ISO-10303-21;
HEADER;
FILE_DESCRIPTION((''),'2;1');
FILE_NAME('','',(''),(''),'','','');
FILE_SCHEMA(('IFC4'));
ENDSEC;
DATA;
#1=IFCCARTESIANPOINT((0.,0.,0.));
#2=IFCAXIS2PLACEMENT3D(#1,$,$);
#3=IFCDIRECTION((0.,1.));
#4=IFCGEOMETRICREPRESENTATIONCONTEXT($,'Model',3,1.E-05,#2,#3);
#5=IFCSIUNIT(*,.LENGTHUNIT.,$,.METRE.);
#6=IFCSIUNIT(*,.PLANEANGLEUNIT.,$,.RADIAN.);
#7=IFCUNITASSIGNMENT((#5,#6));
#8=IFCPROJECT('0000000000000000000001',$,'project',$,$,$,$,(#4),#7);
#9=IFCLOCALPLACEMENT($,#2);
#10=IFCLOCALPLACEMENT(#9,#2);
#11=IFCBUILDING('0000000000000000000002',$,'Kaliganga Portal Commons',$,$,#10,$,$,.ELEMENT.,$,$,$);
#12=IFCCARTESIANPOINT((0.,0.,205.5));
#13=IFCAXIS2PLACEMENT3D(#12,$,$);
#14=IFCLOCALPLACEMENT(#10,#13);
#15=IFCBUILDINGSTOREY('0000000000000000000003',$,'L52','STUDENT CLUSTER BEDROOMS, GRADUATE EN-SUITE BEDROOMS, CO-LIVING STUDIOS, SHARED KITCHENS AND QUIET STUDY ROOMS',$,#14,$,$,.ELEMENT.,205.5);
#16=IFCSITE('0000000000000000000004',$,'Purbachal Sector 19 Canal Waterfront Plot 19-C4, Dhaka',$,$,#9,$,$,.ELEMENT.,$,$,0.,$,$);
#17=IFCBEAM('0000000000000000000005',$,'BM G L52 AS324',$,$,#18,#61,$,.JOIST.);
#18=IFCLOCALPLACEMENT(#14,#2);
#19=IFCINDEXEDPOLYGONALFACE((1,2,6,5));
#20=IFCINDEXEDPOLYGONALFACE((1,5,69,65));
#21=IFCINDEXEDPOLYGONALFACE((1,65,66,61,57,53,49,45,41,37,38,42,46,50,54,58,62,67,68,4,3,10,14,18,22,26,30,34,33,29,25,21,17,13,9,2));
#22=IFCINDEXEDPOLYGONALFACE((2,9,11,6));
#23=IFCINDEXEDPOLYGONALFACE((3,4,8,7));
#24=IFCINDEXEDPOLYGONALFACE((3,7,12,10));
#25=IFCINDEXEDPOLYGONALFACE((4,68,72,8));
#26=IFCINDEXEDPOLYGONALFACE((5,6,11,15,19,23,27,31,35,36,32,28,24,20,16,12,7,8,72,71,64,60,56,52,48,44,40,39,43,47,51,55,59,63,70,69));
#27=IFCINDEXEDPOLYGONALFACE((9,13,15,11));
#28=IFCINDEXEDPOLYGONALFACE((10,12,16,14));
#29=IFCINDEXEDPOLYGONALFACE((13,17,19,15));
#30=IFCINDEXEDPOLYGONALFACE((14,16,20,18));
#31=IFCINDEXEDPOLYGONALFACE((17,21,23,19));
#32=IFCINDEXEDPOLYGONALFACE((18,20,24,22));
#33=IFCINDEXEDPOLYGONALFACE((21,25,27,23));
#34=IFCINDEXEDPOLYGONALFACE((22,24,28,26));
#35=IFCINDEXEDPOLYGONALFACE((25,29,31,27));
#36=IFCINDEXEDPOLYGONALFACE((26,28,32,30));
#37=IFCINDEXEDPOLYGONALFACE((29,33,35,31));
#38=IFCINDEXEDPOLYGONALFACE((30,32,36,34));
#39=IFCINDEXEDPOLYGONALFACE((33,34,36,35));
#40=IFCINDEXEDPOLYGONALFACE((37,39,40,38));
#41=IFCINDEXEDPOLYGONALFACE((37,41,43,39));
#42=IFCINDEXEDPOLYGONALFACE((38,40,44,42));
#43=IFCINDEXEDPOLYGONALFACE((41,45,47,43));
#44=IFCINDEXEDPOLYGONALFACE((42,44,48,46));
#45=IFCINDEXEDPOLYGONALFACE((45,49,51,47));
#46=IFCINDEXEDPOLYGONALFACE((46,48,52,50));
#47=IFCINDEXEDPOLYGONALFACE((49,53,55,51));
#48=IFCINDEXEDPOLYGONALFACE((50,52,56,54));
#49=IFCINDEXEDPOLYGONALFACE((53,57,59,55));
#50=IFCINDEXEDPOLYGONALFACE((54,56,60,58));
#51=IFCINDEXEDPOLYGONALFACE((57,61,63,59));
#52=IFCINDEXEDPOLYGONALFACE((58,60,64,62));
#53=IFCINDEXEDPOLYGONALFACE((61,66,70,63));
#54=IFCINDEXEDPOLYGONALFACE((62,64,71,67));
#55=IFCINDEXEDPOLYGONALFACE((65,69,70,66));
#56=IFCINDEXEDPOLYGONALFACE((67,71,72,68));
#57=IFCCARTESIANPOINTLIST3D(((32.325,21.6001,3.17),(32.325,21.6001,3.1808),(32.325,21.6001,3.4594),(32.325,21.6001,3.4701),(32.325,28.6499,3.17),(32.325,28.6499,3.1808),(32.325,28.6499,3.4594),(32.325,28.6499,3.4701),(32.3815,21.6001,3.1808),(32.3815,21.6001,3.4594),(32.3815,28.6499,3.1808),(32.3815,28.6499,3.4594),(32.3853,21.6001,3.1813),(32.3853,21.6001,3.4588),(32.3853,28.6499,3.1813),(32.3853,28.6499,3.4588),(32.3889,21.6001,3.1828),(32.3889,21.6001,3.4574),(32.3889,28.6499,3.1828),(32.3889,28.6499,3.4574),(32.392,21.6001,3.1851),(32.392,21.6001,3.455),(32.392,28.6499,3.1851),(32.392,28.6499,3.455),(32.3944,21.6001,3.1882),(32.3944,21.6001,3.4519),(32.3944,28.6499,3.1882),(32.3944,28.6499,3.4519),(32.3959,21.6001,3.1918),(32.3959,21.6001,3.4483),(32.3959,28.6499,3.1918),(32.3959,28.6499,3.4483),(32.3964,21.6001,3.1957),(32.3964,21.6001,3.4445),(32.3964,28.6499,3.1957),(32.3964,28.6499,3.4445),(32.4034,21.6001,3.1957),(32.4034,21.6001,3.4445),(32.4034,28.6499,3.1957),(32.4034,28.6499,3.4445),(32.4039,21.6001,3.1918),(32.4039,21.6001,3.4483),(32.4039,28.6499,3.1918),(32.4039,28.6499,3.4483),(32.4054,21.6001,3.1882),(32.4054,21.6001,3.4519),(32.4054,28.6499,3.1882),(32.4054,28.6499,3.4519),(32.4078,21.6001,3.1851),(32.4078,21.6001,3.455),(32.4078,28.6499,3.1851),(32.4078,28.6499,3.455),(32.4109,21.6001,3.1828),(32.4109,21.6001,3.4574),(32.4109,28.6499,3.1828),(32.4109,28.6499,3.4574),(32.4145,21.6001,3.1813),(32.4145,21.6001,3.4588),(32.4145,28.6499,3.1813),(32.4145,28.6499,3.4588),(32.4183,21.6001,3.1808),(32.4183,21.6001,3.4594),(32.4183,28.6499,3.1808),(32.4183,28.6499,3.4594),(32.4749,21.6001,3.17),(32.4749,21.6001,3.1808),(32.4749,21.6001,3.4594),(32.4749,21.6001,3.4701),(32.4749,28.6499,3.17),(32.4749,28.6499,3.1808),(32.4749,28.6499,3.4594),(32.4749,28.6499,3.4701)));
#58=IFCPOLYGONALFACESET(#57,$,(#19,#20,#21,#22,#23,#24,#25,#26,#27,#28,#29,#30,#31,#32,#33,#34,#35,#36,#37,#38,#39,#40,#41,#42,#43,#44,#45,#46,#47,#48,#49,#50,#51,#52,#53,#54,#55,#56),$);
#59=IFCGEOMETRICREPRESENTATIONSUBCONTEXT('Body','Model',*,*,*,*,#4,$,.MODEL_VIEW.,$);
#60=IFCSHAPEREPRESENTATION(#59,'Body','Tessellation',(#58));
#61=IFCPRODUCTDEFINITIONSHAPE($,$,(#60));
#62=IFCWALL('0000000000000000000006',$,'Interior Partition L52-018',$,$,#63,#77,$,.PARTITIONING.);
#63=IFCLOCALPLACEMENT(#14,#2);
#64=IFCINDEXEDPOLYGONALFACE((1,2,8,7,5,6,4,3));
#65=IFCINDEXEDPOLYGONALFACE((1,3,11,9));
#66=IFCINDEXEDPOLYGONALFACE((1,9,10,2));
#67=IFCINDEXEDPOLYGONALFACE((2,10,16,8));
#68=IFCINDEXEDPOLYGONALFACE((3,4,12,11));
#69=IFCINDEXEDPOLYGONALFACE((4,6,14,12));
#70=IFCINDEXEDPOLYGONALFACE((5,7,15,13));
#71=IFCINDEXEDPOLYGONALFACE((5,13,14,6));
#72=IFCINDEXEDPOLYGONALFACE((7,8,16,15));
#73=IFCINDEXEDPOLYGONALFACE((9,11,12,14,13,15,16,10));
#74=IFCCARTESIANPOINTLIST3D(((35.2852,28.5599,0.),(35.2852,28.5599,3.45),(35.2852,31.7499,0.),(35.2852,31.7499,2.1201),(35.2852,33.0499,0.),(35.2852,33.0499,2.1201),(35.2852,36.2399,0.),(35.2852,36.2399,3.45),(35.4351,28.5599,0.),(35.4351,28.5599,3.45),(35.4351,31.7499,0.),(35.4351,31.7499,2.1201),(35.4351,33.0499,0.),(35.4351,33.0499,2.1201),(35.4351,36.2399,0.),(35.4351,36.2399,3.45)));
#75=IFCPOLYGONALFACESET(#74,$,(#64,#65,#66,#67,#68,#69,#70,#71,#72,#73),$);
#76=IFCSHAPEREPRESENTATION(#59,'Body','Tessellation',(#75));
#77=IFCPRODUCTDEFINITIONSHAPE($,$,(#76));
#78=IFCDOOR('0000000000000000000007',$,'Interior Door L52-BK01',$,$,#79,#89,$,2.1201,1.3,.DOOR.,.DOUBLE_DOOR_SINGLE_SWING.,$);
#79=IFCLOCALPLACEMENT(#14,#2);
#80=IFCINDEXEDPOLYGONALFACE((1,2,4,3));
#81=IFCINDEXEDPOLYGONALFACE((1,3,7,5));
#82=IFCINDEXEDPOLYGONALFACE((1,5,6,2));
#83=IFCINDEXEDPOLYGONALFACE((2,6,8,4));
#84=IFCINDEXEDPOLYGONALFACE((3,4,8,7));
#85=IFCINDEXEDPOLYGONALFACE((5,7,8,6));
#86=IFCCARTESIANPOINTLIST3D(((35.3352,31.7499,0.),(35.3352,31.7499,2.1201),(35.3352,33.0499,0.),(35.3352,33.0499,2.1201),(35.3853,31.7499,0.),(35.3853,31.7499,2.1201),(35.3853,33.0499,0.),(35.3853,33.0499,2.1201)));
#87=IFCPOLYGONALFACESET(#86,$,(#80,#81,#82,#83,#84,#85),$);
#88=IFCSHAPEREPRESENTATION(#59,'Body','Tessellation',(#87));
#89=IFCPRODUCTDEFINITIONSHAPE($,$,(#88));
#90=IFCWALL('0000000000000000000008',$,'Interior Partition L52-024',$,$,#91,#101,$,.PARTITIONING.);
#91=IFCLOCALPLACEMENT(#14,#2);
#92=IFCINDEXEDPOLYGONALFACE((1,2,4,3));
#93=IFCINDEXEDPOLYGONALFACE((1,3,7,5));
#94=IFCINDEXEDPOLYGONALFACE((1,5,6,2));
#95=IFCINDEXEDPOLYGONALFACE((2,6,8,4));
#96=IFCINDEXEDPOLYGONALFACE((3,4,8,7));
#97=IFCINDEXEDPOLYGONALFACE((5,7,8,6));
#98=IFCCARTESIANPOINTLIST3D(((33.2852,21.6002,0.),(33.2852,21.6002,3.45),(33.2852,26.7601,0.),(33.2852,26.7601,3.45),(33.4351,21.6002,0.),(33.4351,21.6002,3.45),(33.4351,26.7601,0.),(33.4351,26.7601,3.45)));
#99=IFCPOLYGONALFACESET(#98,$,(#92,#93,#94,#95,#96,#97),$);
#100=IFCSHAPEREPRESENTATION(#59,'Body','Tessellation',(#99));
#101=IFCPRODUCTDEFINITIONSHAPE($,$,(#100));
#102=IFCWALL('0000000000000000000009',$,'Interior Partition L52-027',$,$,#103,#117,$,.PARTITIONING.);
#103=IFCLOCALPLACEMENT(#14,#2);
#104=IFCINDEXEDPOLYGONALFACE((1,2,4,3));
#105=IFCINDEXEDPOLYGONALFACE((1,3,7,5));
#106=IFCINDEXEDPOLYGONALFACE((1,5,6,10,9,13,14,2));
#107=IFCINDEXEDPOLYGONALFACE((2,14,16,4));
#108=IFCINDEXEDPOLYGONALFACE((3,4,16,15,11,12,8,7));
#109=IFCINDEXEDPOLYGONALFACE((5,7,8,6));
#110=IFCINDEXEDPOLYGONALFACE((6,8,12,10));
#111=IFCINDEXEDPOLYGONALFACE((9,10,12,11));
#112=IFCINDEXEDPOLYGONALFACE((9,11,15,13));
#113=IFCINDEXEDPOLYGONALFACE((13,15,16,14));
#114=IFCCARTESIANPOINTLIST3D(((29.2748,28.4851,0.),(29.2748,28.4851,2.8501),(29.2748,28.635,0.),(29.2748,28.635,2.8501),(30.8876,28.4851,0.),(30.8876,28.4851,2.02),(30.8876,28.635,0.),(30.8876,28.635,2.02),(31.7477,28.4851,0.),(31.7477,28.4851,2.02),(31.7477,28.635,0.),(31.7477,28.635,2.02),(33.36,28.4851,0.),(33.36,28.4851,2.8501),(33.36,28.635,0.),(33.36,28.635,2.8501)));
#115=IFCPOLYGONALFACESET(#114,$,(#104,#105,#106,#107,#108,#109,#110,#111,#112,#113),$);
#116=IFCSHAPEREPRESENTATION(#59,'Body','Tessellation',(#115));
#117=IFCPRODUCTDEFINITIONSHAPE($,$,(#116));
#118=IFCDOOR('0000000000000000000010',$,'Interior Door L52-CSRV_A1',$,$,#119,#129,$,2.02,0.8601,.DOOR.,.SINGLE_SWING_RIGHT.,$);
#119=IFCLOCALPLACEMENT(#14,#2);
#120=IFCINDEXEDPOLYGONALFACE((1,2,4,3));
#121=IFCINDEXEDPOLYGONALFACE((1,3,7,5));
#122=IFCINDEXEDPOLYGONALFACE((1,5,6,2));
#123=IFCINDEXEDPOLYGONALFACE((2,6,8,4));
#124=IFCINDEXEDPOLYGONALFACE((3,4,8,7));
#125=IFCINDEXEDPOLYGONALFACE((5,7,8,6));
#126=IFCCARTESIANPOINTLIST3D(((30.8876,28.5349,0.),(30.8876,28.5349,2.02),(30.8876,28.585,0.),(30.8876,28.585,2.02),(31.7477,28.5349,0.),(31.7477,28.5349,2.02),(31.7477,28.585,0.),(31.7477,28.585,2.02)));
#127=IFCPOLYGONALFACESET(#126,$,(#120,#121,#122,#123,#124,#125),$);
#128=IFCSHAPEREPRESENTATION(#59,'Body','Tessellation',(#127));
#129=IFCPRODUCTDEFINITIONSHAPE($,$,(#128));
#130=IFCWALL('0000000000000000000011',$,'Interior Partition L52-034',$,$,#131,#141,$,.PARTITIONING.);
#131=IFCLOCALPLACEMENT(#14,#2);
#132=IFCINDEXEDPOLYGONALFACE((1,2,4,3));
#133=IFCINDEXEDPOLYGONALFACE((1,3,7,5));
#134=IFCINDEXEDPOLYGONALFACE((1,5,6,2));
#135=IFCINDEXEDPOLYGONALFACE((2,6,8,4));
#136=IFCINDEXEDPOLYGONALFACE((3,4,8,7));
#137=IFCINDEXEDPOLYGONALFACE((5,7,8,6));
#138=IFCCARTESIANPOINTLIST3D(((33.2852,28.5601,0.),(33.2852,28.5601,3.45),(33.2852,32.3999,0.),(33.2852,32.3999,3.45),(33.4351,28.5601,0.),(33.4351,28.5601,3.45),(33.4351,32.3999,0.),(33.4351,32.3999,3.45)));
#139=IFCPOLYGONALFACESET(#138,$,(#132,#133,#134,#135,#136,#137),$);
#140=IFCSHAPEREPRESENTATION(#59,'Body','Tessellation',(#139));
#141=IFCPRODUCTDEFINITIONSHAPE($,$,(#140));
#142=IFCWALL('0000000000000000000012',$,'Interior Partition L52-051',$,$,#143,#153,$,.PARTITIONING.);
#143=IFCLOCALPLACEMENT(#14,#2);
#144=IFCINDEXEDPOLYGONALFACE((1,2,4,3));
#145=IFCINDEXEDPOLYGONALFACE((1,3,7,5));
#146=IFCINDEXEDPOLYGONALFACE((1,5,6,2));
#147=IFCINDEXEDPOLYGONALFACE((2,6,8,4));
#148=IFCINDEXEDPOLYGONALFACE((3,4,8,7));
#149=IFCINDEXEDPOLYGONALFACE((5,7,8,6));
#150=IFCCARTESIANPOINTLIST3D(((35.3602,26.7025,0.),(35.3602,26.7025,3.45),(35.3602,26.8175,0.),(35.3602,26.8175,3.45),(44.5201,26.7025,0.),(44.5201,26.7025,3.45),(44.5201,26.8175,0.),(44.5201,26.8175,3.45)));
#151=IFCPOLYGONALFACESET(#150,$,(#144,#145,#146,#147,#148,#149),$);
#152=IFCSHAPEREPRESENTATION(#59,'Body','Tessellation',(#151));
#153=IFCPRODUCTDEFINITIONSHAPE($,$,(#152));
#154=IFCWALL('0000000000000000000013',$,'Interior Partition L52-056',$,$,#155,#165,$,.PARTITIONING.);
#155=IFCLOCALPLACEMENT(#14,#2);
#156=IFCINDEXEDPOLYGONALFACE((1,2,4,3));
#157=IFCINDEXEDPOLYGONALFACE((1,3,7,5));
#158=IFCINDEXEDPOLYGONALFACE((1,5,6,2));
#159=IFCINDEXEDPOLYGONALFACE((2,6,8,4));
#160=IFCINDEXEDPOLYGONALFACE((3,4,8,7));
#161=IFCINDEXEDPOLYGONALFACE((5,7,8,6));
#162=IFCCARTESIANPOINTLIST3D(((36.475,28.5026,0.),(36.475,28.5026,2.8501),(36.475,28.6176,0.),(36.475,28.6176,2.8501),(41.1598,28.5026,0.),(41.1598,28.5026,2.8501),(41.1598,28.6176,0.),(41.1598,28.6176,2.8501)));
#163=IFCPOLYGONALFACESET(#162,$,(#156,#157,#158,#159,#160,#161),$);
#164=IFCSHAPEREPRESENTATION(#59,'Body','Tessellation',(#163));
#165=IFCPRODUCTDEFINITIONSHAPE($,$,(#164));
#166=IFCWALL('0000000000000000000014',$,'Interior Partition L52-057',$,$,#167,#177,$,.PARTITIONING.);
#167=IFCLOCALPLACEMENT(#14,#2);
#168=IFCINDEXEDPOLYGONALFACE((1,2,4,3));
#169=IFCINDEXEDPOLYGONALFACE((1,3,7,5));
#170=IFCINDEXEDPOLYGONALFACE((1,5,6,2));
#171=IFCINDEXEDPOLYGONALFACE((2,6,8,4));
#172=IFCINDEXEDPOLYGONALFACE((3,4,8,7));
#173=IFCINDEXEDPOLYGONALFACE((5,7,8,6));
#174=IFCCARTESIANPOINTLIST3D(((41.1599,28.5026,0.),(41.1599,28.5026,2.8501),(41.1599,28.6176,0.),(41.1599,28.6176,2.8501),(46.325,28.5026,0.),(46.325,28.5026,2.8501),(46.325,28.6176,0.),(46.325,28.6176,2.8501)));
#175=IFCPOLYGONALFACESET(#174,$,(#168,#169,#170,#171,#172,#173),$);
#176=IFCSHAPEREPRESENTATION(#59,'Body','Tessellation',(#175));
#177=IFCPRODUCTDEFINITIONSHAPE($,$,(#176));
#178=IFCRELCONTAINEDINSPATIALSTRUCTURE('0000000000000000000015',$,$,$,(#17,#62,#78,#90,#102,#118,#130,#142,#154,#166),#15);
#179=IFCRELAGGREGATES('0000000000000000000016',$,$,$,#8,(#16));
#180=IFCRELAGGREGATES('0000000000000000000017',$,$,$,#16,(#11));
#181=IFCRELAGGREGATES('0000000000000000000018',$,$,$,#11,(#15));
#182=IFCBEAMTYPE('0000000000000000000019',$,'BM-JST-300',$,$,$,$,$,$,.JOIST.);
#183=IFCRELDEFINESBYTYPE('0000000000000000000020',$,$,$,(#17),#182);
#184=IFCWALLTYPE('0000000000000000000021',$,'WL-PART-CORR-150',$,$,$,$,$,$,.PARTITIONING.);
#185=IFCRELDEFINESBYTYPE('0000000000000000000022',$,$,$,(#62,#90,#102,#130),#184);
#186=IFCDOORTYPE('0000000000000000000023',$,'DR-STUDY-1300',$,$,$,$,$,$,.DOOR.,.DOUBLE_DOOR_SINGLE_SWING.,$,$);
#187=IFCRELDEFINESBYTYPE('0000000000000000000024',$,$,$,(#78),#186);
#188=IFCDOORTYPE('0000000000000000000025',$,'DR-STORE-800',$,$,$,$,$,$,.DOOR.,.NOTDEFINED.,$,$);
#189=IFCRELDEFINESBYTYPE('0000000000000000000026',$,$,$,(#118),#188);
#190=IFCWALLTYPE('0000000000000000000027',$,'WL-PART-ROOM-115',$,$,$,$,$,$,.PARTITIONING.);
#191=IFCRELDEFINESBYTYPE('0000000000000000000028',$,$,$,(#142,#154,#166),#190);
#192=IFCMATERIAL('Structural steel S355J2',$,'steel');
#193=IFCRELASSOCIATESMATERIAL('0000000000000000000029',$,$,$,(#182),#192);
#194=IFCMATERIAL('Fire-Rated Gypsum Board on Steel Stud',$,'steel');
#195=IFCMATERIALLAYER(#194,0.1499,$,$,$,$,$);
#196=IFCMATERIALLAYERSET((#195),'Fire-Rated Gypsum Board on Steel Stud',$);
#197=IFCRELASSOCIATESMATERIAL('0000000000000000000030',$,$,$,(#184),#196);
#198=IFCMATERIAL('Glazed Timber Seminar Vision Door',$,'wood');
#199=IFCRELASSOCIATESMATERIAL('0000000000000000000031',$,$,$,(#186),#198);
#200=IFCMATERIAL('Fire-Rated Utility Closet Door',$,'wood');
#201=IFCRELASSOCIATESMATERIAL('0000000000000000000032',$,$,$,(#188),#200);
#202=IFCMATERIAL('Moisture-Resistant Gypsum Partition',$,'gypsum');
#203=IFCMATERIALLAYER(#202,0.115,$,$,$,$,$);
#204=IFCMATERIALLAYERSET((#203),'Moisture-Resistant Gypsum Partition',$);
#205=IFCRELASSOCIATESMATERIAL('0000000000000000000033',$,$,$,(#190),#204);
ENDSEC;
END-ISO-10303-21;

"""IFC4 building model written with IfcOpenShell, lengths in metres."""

from ifc_helpers import new_model, si_unit, direction, frame, frame_2d, origin, origin_2d, place, context, subcontext, project, spatial, rectangle, i_section, extrude, source, transform, mapped, material, layer, layer_set, material_profile, profile_set, type_object, element, fill, save


model = new_model("IFC4")

# Units and contexts
model_context = context("Model", 3, precision=1e-05, world=origin(), true_north=direction((0.0, 1.0)))
body_context = subcontext(model_context, "Body", "Model", "MODEL_VIEW")
ifc_project = project(units=[si_unit("LENGTHUNIT", "METRE"), si_unit("PLANEANGLEUNIT", "RADIAN")], contexts=[model_context])

# Site, building, storey
site_placement = place(None, origin())
site = spatial("IfcSite", under=ifc_project, at=site_placement, Name="Purbachal Sector 19 Canal Waterfront Plot 19-C4, Dhaka", CompositionType="ELEMENT", RefElevation=0.0)
building_placement = place(site_placement, origin())
building = spatial("IfcBuilding", under=site, at=building_placement, Name="Kaliganga Portal Commons", CompositionType="ELEMENT")
storey_placement = place(building_placement, frame((0.0, 0.0, 205.5)))
storey = spatial("IfcBuildingStorey", under=building, at=storey_placement, Name="L52", Description="STUDENT CLUSTER BEDROOMS, GRADUATE EN-SUITE BEDROOMS, CO-LIVING STUDIOS, SHARED KITCHENS AND QUIET STUDY ROOMS", CompositionType="ELEMENT", Elevation=205.5)

# Beam
ifc_material_1 = material(Name="Structural steel S355J2", Category="steel")
ifc_material_profile_1 = material_profile(ifc_material_1, i_section(OverallWidth=0.1499, OverallDepth=0.3, WebThickness=0.0071, FlangeThickness=0.0107, FilletRadius=0.0149, at=origin_2d()), Name="IPE 300")
ifc_profile_set_1 = profile_set([ifc_material_profile_1], Name="Structural steel S355J2 wide-flange")
beam_type_1 = type_object("IfcBeamType", Name="BM-JST-300", PredefinedType="JOIST", material=ifc_profile_set_1)
shared_shape_1 = source(origin(), body_context, "Body", "SweptSolid", [
    extrude(i_section(OverallWidth=0.1499, OverallDepth=0.3, WebThickness=0.0071, FlangeThickness=0.0107, FilletRadius=0.0149, at=origin_2d()), origin(), (0.0, 0.0, 1.0), 7.0498),
])
beam_1_placement = place(storey_placement, frame((32.3999, 21.6001, 3.3201), z_axis=(0.0, 1.0, 0.0), x_axis=(-1.0, 0.0, 0.0)))
element("IfcBeam", 1, at=beam_1_placement, inside=storey, type_object=beam_type_1, Name="BM G L52 AS324", PredefinedType="JOIST", context=body_context, shape_type="MappedRepresentation", body=[
    mapped(shared_shape_1, transform((0.0, 0.0, 0.0), x_axis=(1.0, 0.0, 0.0), y_axis=(0.0, 1.0, 0.0), z_axis=(0.0, 0.0, 1.0), scale=1.0)),
])

# Wall, opening, door
ifc_material_2 = material(Name="Fire-Rated Gypsum Board on Steel Stud", Category="steel")
ifc_layer_1 = layer(ifc_material_2, 0.1499)
ifc_layer_set_1 = layer_set([ifc_layer_1], Name="Fire-Rated Gypsum Board on Steel Stud")
wall_type_1 = type_object("IfcWallType", Name="WL-PART-CORR-150", PredefinedType="PARTITIONING", material=ifc_layer_set_1)
wall_1_placement = place(storey_placement, frame((35.3601, 28.5601, 0.0), z_axis=(0.0, 0.0, 1.0), x_axis=(0.0, 1.0, 0.0)))
wall_1 = element("IfcWall", 2, at=wall_1_placement, inside=storey, type_object=wall_type_1, Name="Interior Partition L52-018", PredefinedType="PARTITIONING", context=body_context, shape_type="SweptSolid", body=[
    extrude(rectangle(XDim=7.6799, YDim=0.1499, at=frame_2d((3.8398, 0.0))), origin(), (0.0, 0.0, 1.0), 3.45),
])
opening_1_placement = place(wall_1_placement, frame((3.1899, 0.0, 0.0)))
opening_1 = element("IfcOpeningElement", 3, at=opening_1_placement, cuts=wall_1, PredefinedType="OPENING", context=body_context, shape_type="SweptSolid", body=[
    extrude(rectangle(XDim=1.3, YDim=2.1201, at=frame_2d((0.6499, 1.0601))), frame((0.0, 0.085, 0.0), z_axis=(0.0, -1.0, 0.0), x_axis=(1.0, 0.0, 0.0)), (0.0, 0.0, 1.0), 0.1699),
])
ifc_material_3 = material(Name="Glazed Timber Seminar Vision Door", Category="wood")
door_type_1 = type_object("IfcDoorType", Name="DR-STUDY-1300", OperationType="DOUBLE_DOOR_SINGLE_SWING", PredefinedType="DOOR", material=ifc_material_3)
door_1_placement = place(opening_1_placement, origin())
door_1 = element("IfcDoor", 4, at=door_1_placement, inside=storey, type_object=door_type_1, Name="Interior Door L52-BK01", OperationType="DOUBLE_DOOR_SINGLE_SWING", OverallHeight=2.1201, OverallWidth=1.3, PredefinedType="DOOR", context=body_context, shape_type="SweptSolid", body=[
    extrude(rectangle(XDim=1.3, YDim=2.1201, at=frame_2d((0.6499, 1.0601))), frame((0.0, 0.0249, 0.0), z_axis=(0.0, -1.0, 0.0), x_axis=(1.0, 0.0, 0.0)), (0.0, 0.0, 1.0), 0.05),
])
fill(opening_1, door_1)

# Wall
wall_2_placement = place(storey_placement, frame((33.3601, 21.6001, 0.0), z_axis=(0.0, 0.0, 1.0), x_axis=(0.0, 1.0, 0.0)))
element("IfcWall", 5, at=wall_2_placement, inside=storey, type_object=wall_type_1, Name="Interior Partition L52-024", PredefinedType="PARTITIONING", context=body_context, shape_type="SweptSolid", body=[
    extrude(rectangle(XDim=5.1599, YDim=0.1499, at=frame_2d((2.5801, 0.0))), origin(), (0.0, 0.0, 1.0), 3.45),
])

# Wall, opening, door
wall_3_placement = place(storey_placement, frame((29.2749, 28.5601, 0.0), z_axis=(0.0, 0.0, 1.0), x_axis=(1.0, 0.0, 0.0)))
wall_3 = element("IfcWall", 6, at=wall_3_placement, inside=storey, type_object=wall_type_1, Name="Interior Partition L52-027", PredefinedType="PARTITIONING", context=body_context, shape_type="SweptSolid", body=[
    extrude(rectangle(XDim=4.0852, YDim=0.1499, at=frame_2d((2.0425, 0.0))), origin(), (0.0, 0.0, 1.0), 2.8501),
])
opening_2_placement = place(wall_3_placement, frame((1.6125, 0.0, 0.0)))
opening_2 = element("IfcOpeningElement", 7, at=opening_2_placement, cuts=wall_3, PredefinedType="OPENING", context=body_context, shape_type="SweptSolid", body=[
    extrude(rectangle(XDim=0.8601, YDim=2.02, at=frame_2d((0.4302, 1.01))), frame((0.0, 0.085, 0.0), z_axis=(0.0, -1.0, 0.0), x_axis=(1.0, 0.0, 0.0)), (0.0, 0.0, 1.0), 0.1699),
])
ifc_material_4 = material(Name="Fire-Rated Utility Closet Door", Category="wood")
door_type_2 = type_object("IfcDoorType", Name="DR-STORE-800", OperationType="NOTDEFINED", PredefinedType="DOOR", material=ifc_material_4)
door_2_placement = place(opening_2_placement, origin())
door_2 = element("IfcDoor", 8, at=door_2_placement, inside=storey, type_object=door_type_2, Name="Interior Door L52-CSRV_A1", OperationType="SINGLE_SWING_RIGHT", OverallHeight=2.02, OverallWidth=0.8601, PredefinedType="DOOR", context=body_context, shape_type="SweptSolid", body=[
    extrude(rectangle(XDim=0.8601, YDim=2.02, at=frame_2d((0.4302, 1.01))), frame((0.0, 0.0249, 0.0), z_axis=(0.0, -1.0, 0.0), x_axis=(1.0, 0.0, 0.0)), (0.0, 0.0, 1.0), 0.05),
])
fill(opening_2, door_2)

# Walls
wall_4_placement = place(storey_placement, frame((33.3601, 28.5601, 0.0), z_axis=(0.0, 0.0, 1.0), x_axis=(0.0, 1.0, 0.0)))
element("IfcWall", 9, at=wall_4_placement, inside=storey, type_object=wall_type_1, Name="Interior Partition L52-034", PredefinedType="PARTITIONING", context=body_context, shape_type="SweptSolid", body=[
    extrude(rectangle(XDim=3.8398, YDim=0.1499, at=frame_2d((1.9199, 0.0))), origin(), (0.0, 0.0, 1.0), 3.45),
])
ifc_material_5 = material(Name="Moisture-Resistant Gypsum Partition", Category="gypsum")
ifc_layer_2 = layer(ifc_material_5, 0.115)
ifc_layer_set_2 = layer_set([ifc_layer_2], Name="Moisture-Resistant Gypsum Partition")
wall_type_2 = type_object("IfcWallType", Name="WL-PART-ROOM-115", PredefinedType="PARTITIONING", material=ifc_layer_set_2)
wall_5_placement = place(storey_placement, frame((35.3601, 26.76, 0.0), z_axis=(0.0, 0.0, 1.0), x_axis=(1.0, 0.0, 0.0)))
element("IfcWall", 10, at=wall_5_placement, inside=storey, type_object=wall_type_2, Name="Interior Partition L52-051", PredefinedType="PARTITIONING", context=body_context, shape_type="SweptSolid", body=[
    extrude(rectangle(XDim=9.1599, YDim=0.115, at=frame_2d((4.5801, 0.0))), origin(), (0.0, 0.0, 1.0), 3.45),
])
wall_6_placement = place(storey_placement, frame((36.4751, 28.5601, 0.0), z_axis=(0.0, 0.0, 1.0), x_axis=(1.0, 0.0, 0.0)))
element("IfcWall", 11, at=wall_6_placement, inside=storey, type_object=wall_type_2, Name="Interior Partition L52-056", PredefinedType="PARTITIONING", context=body_context, shape_type="SweptSolid", body=[
    extrude(rectangle(XDim=4.6848, YDim=0.115, at=frame_2d((2.3423, 0.0))), origin(), (0.0, 0.0, 1.0), 2.8501),
])
wall_7_placement = place(storey_placement, frame((41.1599, 28.5601, 0.0), z_axis=(0.0, 0.0, 1.0), x_axis=(1.0, 0.0, 0.0)))
element("IfcWall", 12, at=wall_7_placement, inside=storey, type_object=wall_type_2, Name="Interior Partition L52-057", PredefinedType="PARTITIONING", context=body_context, shape_type="SweptSolid", body=[
    extrude(rectangle(XDim=5.165, YDim=0.115, at=frame_2d((2.5825, 0.0))), origin(), (0.0, 0.0, 1.0), 2.8501),
])

save(model, "model.ifc")
